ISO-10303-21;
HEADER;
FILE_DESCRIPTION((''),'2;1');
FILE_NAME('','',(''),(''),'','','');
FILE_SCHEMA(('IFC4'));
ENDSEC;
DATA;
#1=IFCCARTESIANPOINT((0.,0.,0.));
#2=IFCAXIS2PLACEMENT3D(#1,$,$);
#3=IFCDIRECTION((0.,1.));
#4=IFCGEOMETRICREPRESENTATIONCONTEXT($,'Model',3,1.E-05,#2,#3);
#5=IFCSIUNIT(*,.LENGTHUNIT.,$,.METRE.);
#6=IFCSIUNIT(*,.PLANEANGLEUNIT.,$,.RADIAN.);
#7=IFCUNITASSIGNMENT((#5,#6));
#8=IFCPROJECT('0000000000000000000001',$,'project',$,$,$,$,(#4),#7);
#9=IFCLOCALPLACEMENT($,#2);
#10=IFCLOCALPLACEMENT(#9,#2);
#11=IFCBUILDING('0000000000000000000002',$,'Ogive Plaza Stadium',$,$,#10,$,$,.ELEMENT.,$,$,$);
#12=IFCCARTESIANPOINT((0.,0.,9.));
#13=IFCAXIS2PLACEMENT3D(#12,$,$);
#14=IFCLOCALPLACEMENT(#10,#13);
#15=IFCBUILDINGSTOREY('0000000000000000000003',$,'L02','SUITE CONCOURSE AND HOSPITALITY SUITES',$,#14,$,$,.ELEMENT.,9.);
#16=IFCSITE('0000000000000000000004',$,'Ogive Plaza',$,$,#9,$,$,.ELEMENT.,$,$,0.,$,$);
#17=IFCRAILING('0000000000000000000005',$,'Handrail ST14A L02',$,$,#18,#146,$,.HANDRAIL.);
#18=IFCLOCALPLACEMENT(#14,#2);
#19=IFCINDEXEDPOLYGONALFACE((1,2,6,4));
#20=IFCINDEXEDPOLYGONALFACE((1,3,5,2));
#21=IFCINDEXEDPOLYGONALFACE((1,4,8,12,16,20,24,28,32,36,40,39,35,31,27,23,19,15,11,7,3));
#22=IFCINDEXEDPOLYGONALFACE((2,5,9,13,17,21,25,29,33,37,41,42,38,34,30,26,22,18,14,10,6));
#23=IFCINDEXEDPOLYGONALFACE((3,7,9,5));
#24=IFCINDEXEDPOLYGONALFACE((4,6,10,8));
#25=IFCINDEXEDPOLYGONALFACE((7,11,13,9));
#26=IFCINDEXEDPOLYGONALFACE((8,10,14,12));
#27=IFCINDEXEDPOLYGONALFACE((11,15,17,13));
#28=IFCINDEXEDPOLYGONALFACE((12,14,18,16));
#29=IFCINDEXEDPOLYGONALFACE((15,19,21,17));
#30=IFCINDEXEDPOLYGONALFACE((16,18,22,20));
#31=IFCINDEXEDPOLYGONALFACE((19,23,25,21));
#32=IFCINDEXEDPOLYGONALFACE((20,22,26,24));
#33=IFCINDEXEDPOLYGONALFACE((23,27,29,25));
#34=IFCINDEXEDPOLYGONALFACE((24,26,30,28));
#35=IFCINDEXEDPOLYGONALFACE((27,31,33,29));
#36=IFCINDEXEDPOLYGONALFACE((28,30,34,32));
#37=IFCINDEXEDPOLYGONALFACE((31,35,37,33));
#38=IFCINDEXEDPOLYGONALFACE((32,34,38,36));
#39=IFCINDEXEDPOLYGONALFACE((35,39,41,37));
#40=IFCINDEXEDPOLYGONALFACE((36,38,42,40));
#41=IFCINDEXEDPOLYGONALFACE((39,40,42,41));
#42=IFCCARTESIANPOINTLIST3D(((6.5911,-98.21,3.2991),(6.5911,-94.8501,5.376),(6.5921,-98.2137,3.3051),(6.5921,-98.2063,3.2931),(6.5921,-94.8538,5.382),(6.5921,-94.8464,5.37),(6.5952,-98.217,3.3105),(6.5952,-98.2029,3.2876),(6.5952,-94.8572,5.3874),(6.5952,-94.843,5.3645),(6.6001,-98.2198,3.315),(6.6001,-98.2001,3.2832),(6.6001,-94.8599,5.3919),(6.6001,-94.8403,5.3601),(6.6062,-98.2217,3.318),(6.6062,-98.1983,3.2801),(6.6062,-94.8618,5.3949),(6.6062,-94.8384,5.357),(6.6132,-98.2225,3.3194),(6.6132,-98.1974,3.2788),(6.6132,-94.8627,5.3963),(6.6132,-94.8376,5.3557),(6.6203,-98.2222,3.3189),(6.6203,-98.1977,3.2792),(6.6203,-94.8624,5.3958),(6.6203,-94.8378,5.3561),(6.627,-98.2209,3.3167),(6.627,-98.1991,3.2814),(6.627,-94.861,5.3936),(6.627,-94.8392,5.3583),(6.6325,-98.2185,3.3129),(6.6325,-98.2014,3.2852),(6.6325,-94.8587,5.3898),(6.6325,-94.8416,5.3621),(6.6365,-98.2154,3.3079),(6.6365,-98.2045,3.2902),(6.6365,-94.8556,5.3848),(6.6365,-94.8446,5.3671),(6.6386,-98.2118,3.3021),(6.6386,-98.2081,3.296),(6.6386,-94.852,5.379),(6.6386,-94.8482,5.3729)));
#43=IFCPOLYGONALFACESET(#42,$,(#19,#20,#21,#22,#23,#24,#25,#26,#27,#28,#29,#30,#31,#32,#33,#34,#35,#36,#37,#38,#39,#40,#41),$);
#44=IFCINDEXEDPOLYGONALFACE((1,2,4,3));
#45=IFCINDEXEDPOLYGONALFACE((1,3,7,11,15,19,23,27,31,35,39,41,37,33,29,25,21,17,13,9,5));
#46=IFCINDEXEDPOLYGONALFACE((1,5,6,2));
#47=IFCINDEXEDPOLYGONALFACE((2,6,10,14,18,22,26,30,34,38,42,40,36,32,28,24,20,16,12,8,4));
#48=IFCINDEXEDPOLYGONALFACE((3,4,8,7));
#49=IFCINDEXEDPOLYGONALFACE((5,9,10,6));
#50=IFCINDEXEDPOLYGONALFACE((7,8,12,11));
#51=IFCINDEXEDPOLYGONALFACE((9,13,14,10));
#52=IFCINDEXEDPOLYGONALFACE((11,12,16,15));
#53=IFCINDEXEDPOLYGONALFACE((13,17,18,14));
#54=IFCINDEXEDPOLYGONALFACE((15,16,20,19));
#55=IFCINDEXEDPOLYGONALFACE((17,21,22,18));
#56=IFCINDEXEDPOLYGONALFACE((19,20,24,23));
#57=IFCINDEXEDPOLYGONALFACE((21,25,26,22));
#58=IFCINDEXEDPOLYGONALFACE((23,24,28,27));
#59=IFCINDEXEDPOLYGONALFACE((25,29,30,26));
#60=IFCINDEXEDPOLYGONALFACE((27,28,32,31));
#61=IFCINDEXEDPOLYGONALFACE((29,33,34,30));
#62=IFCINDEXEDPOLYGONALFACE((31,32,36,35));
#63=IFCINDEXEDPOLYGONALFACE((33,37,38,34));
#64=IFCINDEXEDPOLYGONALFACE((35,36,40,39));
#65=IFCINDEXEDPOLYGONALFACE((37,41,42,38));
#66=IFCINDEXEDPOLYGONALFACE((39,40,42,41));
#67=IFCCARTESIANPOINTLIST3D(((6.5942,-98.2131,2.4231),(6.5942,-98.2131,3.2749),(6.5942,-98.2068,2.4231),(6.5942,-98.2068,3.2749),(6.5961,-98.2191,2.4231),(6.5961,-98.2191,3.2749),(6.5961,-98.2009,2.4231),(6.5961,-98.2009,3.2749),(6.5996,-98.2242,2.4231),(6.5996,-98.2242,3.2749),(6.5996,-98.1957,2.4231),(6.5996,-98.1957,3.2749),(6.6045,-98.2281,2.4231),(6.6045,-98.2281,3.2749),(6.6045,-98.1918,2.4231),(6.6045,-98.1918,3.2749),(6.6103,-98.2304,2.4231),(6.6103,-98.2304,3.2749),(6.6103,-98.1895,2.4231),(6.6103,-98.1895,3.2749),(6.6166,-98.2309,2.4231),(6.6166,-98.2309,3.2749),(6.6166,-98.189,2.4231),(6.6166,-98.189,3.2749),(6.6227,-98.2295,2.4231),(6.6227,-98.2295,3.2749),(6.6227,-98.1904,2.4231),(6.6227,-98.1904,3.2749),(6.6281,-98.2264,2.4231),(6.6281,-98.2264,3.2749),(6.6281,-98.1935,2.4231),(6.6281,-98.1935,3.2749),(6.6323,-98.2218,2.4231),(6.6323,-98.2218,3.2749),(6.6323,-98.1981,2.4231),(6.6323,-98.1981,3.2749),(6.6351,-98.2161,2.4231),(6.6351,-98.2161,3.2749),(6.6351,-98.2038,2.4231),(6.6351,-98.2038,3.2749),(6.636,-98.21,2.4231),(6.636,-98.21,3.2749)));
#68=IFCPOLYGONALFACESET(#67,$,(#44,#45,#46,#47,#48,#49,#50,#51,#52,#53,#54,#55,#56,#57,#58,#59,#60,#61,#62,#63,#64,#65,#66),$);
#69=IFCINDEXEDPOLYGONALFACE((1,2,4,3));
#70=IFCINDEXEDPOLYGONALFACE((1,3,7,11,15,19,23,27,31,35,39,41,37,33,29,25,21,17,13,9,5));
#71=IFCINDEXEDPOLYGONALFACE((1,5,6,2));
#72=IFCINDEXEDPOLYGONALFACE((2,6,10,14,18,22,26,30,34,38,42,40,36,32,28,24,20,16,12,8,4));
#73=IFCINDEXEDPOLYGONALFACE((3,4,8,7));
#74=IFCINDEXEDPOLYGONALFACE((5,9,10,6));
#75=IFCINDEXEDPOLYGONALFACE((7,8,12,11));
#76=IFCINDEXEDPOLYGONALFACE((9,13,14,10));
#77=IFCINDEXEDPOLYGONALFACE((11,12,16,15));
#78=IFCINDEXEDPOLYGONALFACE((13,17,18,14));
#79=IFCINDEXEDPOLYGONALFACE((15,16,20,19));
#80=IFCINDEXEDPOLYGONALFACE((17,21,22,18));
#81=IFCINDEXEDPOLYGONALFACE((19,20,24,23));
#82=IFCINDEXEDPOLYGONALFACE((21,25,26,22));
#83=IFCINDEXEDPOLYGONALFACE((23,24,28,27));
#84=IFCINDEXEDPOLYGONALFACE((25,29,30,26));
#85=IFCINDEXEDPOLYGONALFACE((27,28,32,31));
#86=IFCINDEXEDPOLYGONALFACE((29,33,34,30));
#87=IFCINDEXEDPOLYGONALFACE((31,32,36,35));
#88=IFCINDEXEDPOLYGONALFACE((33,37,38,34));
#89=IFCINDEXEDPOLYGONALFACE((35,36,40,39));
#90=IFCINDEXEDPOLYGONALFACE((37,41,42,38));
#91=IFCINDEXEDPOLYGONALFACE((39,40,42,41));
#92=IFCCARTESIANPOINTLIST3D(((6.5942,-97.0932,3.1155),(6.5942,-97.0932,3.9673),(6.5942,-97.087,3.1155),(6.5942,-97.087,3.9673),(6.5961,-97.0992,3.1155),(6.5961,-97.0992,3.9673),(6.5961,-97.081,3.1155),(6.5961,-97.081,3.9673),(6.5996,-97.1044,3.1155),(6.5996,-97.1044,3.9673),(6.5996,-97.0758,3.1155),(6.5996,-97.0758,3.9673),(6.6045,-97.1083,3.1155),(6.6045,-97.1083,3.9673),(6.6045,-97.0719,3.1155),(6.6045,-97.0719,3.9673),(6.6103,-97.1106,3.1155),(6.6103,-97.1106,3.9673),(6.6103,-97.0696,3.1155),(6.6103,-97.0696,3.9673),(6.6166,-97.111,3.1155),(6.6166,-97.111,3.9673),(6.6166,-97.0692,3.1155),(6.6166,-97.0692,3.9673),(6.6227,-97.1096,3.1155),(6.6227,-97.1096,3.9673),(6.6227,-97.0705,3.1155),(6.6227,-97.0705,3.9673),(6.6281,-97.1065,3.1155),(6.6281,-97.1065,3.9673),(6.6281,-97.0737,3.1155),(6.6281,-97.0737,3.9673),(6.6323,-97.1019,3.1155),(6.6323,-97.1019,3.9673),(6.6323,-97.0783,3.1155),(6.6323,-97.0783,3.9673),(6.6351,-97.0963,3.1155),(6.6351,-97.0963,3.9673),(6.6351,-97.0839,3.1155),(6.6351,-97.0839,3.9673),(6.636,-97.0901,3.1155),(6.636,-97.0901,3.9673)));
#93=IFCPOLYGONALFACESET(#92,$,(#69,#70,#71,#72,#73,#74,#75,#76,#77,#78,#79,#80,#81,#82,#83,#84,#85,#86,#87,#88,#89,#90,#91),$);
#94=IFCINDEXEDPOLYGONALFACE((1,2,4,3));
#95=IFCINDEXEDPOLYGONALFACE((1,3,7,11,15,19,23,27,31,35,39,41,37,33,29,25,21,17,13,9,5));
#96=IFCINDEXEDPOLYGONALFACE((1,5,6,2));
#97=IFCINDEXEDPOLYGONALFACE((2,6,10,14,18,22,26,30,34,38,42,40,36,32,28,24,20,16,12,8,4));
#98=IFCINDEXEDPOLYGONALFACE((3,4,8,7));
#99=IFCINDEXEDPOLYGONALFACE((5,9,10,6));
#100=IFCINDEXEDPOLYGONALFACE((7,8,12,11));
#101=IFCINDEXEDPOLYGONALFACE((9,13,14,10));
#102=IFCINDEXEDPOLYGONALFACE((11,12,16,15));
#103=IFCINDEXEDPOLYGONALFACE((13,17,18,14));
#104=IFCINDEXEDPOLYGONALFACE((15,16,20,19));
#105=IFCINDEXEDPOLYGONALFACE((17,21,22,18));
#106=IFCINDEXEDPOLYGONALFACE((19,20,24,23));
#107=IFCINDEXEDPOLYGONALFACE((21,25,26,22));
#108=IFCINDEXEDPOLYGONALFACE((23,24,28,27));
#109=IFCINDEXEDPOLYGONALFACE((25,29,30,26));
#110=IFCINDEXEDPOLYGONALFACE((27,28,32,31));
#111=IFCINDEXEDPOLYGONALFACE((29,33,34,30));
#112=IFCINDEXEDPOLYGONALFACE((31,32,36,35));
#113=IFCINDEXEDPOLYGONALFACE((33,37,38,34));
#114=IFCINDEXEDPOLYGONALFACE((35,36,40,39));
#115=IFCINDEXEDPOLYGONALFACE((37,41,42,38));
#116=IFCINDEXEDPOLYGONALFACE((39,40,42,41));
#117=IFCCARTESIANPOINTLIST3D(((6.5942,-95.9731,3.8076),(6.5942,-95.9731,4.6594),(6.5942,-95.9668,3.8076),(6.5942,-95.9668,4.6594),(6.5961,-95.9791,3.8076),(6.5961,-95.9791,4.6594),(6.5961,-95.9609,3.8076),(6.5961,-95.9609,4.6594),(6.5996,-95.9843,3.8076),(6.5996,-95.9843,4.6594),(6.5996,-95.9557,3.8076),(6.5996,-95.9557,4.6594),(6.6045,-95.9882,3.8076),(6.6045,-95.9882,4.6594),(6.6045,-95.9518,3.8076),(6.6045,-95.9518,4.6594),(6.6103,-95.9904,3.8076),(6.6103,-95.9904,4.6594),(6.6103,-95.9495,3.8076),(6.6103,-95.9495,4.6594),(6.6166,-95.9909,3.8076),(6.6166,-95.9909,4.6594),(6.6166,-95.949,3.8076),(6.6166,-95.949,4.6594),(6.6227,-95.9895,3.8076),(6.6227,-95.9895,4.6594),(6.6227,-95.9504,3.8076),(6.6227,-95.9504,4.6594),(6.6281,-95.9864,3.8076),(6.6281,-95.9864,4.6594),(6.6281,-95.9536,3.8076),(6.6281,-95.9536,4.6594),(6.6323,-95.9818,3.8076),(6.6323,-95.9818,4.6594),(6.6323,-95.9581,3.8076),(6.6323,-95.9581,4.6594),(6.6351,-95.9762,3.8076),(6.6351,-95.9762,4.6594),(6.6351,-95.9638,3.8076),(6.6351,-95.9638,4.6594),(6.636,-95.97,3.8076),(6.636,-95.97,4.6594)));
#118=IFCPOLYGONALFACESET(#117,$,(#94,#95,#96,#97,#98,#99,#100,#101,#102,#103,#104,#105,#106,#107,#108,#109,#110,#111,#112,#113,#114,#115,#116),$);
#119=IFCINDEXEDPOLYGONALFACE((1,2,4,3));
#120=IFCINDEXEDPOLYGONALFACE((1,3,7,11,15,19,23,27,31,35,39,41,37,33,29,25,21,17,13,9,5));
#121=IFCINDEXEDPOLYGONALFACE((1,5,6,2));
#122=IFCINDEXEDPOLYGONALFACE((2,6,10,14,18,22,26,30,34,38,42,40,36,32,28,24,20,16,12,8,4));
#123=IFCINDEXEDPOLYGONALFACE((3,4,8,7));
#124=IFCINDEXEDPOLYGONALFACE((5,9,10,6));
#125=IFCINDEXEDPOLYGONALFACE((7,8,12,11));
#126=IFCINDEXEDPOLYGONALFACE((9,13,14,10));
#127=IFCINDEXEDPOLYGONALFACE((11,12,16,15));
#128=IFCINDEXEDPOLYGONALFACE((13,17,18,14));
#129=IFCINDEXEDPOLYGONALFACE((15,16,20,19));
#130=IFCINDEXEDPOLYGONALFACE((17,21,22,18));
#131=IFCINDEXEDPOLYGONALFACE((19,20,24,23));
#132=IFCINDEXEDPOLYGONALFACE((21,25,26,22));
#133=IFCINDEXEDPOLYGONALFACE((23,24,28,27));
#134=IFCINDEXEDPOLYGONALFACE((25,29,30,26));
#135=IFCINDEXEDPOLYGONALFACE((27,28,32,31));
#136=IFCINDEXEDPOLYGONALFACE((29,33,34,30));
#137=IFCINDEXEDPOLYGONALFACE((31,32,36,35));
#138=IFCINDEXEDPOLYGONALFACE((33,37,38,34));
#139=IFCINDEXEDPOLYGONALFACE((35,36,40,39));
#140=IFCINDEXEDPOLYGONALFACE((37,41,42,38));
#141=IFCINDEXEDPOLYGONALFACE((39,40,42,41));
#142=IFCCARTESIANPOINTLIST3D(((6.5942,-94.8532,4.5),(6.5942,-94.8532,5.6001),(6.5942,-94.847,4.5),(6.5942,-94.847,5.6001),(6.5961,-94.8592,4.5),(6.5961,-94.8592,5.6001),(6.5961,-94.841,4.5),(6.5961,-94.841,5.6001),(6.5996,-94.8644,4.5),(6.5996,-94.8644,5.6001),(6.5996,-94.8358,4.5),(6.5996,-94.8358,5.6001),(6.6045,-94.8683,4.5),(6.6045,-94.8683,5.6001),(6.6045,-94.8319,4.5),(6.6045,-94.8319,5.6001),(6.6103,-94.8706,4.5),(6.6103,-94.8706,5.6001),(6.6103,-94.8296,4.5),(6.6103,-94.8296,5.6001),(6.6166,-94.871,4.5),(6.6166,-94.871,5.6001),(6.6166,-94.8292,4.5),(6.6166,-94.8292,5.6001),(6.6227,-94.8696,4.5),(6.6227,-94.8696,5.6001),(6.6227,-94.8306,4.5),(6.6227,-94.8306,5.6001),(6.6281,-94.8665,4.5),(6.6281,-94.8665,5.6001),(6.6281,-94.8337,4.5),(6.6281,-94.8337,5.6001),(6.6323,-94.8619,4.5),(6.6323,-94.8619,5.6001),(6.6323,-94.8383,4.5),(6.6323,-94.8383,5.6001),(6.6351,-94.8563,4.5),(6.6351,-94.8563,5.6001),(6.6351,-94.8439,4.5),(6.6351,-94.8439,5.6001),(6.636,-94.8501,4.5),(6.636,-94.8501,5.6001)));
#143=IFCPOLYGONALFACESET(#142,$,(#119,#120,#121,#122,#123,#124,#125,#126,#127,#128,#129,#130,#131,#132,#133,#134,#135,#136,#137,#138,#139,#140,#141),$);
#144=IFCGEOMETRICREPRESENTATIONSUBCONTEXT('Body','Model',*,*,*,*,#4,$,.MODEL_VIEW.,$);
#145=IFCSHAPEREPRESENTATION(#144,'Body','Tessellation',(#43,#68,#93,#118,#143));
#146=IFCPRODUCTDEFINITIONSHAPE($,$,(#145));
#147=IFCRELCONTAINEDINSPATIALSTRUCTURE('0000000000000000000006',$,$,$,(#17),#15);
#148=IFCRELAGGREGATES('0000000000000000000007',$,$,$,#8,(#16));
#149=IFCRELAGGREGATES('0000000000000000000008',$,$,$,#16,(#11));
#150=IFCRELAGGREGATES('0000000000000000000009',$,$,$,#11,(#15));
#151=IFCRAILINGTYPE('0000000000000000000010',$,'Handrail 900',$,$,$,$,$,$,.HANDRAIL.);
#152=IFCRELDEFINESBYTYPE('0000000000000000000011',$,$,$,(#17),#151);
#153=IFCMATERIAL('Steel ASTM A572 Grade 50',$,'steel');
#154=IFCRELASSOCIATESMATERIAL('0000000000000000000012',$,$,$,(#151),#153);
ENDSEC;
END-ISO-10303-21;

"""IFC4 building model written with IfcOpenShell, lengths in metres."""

from ifc_helpers import new_model, si_unit, direction, frame, origin, origin_2d, place, context, subcontext, project, spatial, circle, extrude, material, type_object, element, save


model = new_model("IFC4")

# Units and contexts
model_context = context("Model", 3, precision=1e-05, world=origin(), true_north=direction((0.0, 1.0)))
body_context = subcontext(model_context, "Body", "Model", "MODEL_VIEW")
ifc_project = project(units=[si_unit("LENGTHUNIT", "METRE"), si_unit("PLANEANGLEUNIT", "RADIAN")], contexts=[model_context])

# Site, building, storey
site_placement = place(None, origin())
site = spatial("IfcSite", under=ifc_project, at=site_placement, Name="Ogive Plaza", CompositionType="ELEMENT", RefElevation=0.0)
building_placement = place(site_placement, origin())
building = spatial("IfcBuilding", under=site, at=building_placement, Name="Ogive Plaza Stadium", CompositionType="ELEMENT")
storey_placement = place(building_placement, frame((0.0, 0.0, 9.0)))
storey = spatial("IfcBuildingStorey", under=building, at=storey_placement, Name="L02", Description="SUITE CONCOURSE AND HOSPITALITY SUITES", CompositionType="ELEMENT", Elevation=9.0)

# Railing
ifc_material_1 = material(Name="Steel ASTM A572 Grade 50", Category="steel")
railing_type_1 = type_object("IfcRailingType", Name="Handrail 900", PredefinedType="HANDRAIL", material=ifc_material_1)
for number, where, name in (
    (1, (6.615, -98.21, 2.4231), "Handrail ST14A L02"),
):
    element("IfcRailing", number, at=place(storey_placement, frame(where)), inside=storey, type_object=railing_type_1, Name=name, PredefinedType="HANDRAIL", context=body_context, shape_type="SweptSolid", body=[
        extrude(circle(Radius=0.0239, at=origin_2d()), frame((0.0, 0.0, 0.876), z_axis=(0.0, 0.850606, 0.525803), x_axis=(-1.0, 0.0, 0.0)), (0.0, 0.0, 1.0), 3.95),
        extrude(circle(Radius=0.021, at=origin_2d()), origin(), (0.0, 0.0, 1.0), 0.8518),
        extrude(circle(Radius=0.021, at=origin_2d()), frame((0.0, 1.1199, 0.6924)), (0.0, 0.0, 1.0), 0.8518),
        extrude(circle(Radius=0.021, at=origin_2d()), frame((0.0, 2.24, 1.3845)), (0.0, 0.0, 1.0), 0.8518),
        extrude(circle(Radius=0.021, at=origin_2d()), frame((0.0, 3.3599, 2.0769)), (0.0, 0.0, 1.0), 1.1001),
    ])

save(model, "model.ifc")
